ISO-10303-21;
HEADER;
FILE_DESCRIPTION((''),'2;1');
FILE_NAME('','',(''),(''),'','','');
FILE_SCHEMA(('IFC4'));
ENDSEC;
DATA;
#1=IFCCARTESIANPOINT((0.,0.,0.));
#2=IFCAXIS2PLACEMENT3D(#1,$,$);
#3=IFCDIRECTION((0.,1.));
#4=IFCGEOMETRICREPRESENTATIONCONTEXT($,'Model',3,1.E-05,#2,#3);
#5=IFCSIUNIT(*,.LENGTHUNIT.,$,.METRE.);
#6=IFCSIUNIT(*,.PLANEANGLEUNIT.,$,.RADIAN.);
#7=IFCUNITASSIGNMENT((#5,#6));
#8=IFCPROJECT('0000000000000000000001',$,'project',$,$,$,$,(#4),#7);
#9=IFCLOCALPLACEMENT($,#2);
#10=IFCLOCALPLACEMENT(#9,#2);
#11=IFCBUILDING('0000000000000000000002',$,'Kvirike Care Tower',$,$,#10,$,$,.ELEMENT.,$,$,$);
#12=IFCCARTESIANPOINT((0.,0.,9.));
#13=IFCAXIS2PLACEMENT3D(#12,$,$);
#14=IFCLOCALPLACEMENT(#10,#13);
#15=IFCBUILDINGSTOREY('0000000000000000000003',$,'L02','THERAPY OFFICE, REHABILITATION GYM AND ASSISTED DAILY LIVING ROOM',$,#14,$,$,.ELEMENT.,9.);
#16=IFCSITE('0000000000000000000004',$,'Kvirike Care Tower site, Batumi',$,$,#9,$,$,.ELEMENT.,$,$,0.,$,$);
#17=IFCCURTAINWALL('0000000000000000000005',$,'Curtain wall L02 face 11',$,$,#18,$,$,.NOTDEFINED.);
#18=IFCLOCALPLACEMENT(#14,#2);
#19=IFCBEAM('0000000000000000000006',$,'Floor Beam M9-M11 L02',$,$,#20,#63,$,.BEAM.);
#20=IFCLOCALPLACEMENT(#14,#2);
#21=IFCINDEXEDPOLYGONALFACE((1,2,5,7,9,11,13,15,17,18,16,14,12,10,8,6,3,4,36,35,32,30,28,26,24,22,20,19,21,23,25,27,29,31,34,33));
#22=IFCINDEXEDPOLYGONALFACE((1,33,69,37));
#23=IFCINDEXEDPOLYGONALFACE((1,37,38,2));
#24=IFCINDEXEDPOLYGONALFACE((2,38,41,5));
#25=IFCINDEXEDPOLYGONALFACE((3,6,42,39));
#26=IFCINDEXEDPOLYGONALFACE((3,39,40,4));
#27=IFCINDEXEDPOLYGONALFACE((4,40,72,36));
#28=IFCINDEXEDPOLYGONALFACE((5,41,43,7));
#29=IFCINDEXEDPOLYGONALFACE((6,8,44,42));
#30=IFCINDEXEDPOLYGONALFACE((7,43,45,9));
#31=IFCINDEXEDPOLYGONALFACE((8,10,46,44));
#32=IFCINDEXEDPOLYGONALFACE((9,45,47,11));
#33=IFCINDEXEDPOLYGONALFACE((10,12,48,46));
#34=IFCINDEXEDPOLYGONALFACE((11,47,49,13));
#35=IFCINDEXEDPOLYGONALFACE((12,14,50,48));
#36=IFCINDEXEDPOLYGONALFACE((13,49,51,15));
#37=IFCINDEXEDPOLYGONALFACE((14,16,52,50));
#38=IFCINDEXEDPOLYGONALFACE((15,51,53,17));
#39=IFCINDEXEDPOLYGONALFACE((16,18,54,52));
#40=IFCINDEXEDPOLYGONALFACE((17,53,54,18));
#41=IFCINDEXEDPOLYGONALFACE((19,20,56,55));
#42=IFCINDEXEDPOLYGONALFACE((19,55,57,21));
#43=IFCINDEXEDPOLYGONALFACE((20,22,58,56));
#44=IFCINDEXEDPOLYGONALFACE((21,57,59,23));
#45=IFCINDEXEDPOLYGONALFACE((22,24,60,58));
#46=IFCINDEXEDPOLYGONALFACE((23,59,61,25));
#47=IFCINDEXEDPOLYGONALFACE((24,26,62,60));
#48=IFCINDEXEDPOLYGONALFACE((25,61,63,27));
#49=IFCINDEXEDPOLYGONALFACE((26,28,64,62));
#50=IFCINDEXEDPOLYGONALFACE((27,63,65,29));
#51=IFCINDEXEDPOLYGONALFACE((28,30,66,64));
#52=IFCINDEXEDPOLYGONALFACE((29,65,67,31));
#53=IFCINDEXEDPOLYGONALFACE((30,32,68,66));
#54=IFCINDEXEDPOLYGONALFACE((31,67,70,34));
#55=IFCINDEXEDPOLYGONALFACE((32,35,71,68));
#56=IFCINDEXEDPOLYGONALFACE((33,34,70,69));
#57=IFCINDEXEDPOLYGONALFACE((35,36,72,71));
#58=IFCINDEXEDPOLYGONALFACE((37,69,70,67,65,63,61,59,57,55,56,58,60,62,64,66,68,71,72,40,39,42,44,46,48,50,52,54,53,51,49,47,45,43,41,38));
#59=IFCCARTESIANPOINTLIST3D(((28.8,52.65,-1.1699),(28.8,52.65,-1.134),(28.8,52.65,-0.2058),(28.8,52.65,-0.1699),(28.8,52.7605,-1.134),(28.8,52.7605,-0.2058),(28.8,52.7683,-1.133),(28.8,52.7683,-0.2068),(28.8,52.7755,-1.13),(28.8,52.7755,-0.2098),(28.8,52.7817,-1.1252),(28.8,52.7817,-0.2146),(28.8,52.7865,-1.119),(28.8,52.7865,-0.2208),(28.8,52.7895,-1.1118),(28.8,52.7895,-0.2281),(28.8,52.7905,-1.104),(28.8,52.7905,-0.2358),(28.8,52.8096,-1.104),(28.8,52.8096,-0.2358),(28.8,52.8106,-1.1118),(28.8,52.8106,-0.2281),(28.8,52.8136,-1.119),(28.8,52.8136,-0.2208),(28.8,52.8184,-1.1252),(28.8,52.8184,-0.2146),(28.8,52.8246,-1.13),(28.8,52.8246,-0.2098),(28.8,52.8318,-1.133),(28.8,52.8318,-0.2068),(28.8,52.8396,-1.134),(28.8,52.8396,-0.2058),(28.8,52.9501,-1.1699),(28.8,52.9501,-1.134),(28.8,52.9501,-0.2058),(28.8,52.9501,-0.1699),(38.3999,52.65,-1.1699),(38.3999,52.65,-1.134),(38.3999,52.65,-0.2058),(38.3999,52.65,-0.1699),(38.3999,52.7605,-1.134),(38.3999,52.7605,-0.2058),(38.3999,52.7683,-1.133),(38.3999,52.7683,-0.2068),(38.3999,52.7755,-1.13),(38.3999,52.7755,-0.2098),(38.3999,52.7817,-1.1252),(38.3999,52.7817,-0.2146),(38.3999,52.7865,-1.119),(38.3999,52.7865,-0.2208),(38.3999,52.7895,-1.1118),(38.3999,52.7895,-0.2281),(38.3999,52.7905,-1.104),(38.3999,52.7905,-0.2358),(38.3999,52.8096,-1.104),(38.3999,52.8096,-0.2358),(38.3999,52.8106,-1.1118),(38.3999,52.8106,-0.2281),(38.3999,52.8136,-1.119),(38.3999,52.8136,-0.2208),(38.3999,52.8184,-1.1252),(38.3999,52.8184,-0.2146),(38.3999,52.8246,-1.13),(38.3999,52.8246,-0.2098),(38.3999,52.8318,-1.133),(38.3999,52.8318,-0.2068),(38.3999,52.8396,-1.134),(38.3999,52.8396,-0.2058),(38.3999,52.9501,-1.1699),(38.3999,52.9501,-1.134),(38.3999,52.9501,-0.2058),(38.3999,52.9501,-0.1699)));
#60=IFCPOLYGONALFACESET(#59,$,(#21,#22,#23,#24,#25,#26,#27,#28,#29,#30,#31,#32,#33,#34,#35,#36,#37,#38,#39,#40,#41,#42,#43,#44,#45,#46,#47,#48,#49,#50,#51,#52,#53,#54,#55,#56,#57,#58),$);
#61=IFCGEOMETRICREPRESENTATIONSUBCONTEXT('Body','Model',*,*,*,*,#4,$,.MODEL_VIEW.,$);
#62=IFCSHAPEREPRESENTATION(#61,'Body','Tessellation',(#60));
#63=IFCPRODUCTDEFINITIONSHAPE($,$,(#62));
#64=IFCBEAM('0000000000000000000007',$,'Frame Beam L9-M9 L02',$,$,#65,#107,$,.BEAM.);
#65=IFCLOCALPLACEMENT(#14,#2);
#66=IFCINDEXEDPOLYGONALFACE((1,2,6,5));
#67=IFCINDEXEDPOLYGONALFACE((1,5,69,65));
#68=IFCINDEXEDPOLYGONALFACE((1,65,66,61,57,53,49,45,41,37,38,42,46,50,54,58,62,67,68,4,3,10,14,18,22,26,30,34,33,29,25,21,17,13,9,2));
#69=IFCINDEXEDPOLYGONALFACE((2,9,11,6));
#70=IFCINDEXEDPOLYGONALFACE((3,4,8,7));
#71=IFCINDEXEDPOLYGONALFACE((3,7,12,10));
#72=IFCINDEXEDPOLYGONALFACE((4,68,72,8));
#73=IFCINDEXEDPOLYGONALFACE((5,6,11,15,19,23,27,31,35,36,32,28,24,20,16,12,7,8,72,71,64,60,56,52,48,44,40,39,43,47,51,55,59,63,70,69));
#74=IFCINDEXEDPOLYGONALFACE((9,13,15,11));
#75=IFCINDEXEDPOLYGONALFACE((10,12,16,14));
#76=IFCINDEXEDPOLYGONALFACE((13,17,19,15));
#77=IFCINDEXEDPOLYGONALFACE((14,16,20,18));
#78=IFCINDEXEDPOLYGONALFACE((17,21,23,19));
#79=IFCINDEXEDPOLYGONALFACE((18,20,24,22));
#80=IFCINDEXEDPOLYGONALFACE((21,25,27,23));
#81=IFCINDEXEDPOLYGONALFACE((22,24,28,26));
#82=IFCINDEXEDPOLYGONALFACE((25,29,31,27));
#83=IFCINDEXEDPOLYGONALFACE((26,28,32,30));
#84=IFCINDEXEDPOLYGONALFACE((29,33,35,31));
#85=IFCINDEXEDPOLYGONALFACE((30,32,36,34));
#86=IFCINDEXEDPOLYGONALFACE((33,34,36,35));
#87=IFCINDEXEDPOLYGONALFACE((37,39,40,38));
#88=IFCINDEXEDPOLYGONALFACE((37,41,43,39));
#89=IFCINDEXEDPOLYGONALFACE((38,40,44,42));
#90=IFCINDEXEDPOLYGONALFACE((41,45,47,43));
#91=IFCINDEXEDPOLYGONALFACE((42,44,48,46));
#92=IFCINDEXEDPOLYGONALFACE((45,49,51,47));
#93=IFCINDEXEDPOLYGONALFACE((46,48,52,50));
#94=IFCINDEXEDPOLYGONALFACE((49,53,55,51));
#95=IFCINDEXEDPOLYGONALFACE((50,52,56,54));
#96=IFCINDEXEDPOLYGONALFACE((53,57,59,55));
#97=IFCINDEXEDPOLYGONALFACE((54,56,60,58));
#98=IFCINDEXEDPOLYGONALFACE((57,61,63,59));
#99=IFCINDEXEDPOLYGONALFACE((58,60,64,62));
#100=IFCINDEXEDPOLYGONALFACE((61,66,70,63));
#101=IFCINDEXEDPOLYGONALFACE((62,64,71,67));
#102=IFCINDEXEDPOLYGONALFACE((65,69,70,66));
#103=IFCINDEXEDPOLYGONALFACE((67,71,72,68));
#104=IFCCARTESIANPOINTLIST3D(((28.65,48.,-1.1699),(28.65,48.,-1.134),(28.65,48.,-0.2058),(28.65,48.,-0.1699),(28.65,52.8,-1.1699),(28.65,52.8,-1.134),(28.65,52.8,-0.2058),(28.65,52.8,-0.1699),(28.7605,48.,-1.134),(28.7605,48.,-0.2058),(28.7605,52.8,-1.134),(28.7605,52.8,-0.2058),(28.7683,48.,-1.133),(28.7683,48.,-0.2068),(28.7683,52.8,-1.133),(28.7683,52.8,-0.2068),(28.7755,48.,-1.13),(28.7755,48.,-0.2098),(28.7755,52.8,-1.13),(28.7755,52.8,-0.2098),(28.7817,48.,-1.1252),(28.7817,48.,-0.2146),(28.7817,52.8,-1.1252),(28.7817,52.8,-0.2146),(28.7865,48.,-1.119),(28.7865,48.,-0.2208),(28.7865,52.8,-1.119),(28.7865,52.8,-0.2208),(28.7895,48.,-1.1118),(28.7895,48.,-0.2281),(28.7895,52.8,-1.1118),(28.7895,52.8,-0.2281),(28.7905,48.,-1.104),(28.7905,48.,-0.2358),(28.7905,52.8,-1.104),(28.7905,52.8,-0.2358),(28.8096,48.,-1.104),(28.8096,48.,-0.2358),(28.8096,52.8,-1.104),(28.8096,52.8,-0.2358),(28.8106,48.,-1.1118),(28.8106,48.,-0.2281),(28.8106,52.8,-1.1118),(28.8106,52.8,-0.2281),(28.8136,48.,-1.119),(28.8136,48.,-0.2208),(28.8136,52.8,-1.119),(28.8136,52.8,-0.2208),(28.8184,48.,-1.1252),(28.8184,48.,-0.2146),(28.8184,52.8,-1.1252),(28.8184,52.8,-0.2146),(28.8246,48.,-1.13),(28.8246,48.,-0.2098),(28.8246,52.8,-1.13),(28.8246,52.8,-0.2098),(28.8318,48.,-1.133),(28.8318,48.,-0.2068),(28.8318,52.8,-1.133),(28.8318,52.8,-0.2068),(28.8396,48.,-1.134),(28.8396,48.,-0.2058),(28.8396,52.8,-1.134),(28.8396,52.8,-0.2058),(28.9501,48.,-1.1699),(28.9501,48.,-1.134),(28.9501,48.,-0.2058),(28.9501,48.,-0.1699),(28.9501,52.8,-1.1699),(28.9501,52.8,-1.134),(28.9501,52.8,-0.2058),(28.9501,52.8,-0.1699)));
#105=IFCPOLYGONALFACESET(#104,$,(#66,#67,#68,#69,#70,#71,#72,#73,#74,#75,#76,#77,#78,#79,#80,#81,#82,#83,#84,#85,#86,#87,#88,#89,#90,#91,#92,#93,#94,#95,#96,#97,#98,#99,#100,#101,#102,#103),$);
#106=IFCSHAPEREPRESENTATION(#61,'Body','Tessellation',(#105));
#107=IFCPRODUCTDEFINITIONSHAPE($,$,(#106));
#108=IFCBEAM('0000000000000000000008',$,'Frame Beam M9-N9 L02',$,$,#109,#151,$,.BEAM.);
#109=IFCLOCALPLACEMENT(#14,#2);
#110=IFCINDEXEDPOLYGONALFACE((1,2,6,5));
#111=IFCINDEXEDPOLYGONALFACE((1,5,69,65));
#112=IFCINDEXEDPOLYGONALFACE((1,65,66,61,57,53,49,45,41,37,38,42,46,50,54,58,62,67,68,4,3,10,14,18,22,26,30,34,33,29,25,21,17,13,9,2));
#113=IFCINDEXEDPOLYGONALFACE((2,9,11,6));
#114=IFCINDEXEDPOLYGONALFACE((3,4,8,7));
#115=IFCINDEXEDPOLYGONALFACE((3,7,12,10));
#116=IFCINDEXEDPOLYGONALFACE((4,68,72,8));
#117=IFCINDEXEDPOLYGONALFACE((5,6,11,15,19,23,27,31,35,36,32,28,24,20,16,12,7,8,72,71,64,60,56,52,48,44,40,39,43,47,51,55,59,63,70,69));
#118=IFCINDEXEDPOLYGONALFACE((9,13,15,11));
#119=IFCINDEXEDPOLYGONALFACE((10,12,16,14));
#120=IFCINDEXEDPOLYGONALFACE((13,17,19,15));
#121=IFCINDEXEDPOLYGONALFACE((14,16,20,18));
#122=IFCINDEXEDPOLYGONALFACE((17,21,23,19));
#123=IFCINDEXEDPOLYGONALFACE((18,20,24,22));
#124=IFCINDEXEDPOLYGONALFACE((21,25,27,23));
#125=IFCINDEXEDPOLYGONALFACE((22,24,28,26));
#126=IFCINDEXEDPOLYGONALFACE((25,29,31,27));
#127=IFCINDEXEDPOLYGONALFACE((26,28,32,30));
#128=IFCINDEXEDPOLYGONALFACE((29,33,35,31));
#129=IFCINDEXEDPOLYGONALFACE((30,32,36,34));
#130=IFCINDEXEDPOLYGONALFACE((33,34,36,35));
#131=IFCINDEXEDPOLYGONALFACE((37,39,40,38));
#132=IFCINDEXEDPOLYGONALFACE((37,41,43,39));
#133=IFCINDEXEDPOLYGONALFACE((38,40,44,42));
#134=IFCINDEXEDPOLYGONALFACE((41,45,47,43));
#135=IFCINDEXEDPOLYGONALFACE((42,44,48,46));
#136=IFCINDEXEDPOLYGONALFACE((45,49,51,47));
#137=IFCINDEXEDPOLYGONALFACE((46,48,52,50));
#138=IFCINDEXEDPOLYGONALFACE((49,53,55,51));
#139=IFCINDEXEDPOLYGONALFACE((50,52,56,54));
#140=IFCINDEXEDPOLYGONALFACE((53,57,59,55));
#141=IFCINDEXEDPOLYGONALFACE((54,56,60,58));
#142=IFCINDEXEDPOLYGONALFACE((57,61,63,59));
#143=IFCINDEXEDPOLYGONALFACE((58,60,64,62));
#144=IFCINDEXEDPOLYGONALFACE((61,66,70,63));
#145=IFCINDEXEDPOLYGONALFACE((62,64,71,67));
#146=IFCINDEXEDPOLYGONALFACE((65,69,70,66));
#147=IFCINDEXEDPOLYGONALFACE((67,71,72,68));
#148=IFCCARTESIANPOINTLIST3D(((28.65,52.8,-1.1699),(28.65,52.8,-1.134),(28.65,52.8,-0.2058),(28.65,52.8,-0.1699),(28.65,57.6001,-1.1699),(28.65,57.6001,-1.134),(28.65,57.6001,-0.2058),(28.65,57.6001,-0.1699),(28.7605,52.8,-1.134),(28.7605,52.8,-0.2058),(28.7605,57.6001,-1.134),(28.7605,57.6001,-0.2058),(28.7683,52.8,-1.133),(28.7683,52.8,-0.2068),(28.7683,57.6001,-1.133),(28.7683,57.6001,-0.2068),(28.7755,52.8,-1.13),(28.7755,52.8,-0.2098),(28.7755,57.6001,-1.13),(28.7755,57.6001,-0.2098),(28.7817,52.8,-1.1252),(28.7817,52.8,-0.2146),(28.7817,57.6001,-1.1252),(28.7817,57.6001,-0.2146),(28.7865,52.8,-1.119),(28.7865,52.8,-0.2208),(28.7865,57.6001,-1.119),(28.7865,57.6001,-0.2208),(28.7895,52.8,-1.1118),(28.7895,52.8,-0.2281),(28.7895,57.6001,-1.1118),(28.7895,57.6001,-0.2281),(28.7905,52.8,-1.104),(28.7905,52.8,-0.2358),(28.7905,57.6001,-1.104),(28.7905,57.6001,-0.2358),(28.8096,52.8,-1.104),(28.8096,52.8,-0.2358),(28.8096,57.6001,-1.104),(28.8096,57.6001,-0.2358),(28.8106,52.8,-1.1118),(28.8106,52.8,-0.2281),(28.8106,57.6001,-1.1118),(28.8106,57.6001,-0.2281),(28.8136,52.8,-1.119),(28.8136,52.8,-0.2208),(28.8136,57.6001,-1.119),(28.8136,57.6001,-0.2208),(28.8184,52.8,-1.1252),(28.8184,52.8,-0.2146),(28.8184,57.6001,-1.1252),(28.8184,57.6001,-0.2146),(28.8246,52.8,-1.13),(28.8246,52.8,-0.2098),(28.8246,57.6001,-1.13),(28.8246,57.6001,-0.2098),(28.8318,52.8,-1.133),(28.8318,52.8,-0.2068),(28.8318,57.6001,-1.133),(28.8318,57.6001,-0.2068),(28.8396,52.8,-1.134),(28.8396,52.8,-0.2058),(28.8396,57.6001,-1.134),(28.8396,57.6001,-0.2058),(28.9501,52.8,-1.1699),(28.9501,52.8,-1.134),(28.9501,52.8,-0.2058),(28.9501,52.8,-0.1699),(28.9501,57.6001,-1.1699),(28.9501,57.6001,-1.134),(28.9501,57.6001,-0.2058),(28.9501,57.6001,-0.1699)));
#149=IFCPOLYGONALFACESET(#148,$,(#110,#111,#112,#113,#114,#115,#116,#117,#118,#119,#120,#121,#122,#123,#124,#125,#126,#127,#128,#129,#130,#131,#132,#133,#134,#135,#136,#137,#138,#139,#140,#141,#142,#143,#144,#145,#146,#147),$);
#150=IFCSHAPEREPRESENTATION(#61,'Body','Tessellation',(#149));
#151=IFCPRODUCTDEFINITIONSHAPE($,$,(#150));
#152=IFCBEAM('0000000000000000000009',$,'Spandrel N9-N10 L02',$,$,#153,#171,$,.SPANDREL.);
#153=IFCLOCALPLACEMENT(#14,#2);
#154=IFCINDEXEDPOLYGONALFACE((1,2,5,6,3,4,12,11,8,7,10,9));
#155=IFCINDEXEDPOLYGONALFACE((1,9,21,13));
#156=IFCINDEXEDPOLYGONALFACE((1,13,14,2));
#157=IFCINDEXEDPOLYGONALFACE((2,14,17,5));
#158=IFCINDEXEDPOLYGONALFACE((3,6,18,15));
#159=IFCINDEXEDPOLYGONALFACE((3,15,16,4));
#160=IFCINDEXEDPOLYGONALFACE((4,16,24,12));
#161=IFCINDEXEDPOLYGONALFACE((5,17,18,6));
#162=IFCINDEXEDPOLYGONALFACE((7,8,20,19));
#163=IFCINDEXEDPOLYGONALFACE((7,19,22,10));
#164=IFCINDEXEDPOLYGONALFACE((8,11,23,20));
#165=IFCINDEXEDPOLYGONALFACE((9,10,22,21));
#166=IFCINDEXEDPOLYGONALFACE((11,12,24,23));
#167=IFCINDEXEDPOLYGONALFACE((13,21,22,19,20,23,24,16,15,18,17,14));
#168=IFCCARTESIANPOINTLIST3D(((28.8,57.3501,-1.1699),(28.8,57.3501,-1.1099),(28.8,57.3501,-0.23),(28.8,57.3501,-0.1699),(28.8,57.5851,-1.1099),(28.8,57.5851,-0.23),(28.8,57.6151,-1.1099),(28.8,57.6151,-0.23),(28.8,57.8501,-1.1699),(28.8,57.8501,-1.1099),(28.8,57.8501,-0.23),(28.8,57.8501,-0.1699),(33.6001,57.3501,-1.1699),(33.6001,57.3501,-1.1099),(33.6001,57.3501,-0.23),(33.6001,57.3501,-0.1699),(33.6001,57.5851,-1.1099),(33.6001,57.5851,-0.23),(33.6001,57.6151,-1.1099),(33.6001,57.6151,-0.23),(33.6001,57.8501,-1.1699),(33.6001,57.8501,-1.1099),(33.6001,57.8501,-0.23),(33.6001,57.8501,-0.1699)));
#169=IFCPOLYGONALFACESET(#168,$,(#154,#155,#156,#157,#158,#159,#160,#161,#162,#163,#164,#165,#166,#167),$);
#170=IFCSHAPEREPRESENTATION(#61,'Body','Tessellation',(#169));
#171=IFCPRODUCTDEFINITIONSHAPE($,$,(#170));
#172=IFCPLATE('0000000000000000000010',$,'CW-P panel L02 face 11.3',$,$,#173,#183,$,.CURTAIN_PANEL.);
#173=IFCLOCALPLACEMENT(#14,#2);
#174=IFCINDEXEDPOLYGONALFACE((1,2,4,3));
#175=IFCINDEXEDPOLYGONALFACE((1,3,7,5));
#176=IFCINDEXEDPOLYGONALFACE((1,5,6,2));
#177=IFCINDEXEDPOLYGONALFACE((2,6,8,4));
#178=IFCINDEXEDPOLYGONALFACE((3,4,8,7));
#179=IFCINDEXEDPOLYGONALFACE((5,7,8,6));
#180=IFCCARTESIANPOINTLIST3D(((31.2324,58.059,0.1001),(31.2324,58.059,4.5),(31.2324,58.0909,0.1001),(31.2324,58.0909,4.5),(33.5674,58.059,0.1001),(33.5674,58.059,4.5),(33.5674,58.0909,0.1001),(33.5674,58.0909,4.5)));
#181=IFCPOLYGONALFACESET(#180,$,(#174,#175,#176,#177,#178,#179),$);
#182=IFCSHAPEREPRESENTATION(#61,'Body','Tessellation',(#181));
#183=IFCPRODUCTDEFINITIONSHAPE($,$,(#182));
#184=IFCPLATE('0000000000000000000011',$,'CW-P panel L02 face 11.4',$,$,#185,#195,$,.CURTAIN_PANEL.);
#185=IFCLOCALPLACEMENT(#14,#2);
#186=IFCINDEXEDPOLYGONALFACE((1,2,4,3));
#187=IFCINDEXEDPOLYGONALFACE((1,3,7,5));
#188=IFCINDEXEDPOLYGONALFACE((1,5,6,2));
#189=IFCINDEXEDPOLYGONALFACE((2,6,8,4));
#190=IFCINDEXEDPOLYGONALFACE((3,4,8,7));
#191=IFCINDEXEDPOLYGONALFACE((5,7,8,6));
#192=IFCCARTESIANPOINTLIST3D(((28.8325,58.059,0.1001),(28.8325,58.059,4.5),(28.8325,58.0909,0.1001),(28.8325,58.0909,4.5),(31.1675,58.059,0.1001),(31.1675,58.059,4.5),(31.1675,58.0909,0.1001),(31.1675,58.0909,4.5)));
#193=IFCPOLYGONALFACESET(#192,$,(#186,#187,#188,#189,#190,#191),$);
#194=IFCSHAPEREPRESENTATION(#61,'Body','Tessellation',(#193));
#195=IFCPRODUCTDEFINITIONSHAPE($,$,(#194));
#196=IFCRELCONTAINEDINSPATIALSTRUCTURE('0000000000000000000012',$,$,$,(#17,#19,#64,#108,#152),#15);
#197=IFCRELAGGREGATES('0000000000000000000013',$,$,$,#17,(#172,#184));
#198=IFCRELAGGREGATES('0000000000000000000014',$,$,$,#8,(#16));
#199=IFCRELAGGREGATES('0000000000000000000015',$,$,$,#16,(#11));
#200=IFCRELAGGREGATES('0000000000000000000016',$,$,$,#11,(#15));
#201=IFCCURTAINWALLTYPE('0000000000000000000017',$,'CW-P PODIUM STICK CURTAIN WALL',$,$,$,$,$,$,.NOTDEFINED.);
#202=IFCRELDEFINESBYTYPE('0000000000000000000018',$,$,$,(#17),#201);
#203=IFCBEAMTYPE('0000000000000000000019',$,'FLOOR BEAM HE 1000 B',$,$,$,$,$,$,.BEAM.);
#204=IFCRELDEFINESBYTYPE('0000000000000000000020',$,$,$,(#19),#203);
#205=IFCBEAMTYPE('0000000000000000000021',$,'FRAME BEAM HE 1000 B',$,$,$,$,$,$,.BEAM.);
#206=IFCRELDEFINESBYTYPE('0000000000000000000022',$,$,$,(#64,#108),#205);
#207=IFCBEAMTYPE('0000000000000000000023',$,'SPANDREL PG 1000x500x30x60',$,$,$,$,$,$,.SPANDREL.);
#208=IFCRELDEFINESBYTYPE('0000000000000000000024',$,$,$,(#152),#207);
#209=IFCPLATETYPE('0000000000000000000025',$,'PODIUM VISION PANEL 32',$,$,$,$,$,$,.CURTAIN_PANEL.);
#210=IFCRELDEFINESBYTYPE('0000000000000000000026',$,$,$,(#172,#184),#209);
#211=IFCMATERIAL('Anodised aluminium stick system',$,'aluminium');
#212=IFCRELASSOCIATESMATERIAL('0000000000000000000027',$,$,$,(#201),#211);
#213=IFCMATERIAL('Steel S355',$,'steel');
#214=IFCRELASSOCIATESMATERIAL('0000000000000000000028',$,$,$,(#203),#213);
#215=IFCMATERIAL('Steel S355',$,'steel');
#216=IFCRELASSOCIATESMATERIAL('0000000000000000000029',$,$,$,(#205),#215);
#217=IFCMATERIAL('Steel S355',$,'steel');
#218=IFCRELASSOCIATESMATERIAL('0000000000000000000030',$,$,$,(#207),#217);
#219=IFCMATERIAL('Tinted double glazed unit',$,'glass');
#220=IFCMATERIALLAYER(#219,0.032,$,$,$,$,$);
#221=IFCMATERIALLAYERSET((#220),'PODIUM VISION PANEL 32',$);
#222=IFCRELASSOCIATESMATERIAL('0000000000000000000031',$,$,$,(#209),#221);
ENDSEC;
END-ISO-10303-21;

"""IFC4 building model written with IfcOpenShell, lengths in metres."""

from ifc_helpers import new_model, si_unit, direction, frame, origin, origin_2d, place, context, subcontext, project, spatial, rectangle, i_section, extrude, material, layer, layer_set, material_profile, profile_set, type_object, element, aggregate, save


model = new_model("IFC4")

# Units and contexts
model_context = context("Model", 3, precision=1e-05, world=origin(), true_north=direction((0.0, 1.0)))
body_context = subcontext(model_context, "Body", "Model", "MODEL_VIEW")
ifc_project = project(units=[si_unit("LENGTHUNIT", "METRE"), si_unit("PLANEANGLEUNIT", "RADIAN")], contexts=[model_context])

# Site, building, storey
site_placement = place(None, origin())
site = spatial("IfcSite", under=ifc_project, at=site_placement, Name="Kvirike Care Tower site, Batumi", CompositionType="ELEMENT", RefElevation=0.0)
building_placement = place(site_placement, origin())
building = spatial("IfcBuilding", under=site, at=building_placement, Name="Kvirike Care Tower", CompositionType="ELEMENT")
storey_placement = place(building_placement, frame((0.0, 0.0, 9.0)))
storey = spatial("IfcBuildingStorey", under=building, at=storey_placement, Name="L02", Description="THERAPY OFFICE, REHABILITATION GYM AND ASSISTED DAILY LIVING ROOM", CompositionType="ELEMENT", Elevation=9.0)

# Curtain wall
ifc_material_1 = material(Name="Anodised aluminium stick system", Category="aluminium")
curtain_wall_type = type_object("IfcCurtainWallType", Name="CW-P PODIUM STICK CURTAIN WALL", PredefinedType="NOTDEFINED", material=ifc_material_1)
curtain_wall_placement = place(storey_placement, origin())
curtain_wall = element("IfcCurtainWall", 1, at=curtain_wall_placement, inside=storey, type_object=curtain_wall_type, Name="Curtain wall L02 face 11", PredefinedType="NOTDEFINED")

# Beams
ifc_material_2 = material(Name="Steel S355", Category="steel")
ifc_material_profile_1 = material_profile(ifc_material_2, i_section(OverallWidth=0.3, OverallDepth=1.0, WebThickness=0.019, FlangeThickness=0.0359, FilletRadius=0.03, at=origin_2d()), Name="HE 1000 B")
ifc_profile_set_1 = profile_set([ifc_material_profile_1], Name="Steel S355")
beam_type_1 = type_object("IfcBeamType", Name="FLOOR BEAM HE 1000 B", PredefinedType="BEAM", material=ifc_profile_set_1)
beam_1_placement = place(storey_placement, frame((28.8, 52.8, -0.6699), z_axis=(1.0, 0.0, 0.0), x_axis=(0.0, 1.0, 0.0)))
element("IfcBeam", 2, at=beam_1_placement, inside=storey, type_object=beam_type_1, Name="Floor Beam M9-M11 L02", PredefinedType="BEAM", context=body_context, shape_type="SweptSolid", body=[
    extrude(i_section(OverallWidth=0.3, OverallDepth=1.0, WebThickness=0.019, FlangeThickness=0.0359, FilletRadius=0.03, at=origin_2d()), origin(), (0.0, 0.0, 1.0), 9.5999),
])
ifc_material_3 = material(Name="Steel S355", Category="steel")
ifc_material_profile_2 = material_profile(ifc_material_3, i_section(OverallWidth=0.3, OverallDepth=1.0, WebThickness=0.019, FlangeThickness=0.0359, FilletRadius=0.03, at=origin_2d()), Name="HE 1000 B")
ifc_profile_set_2 = profile_set([ifc_material_profile_2], Name="Steel S355")
beam_type_2 = type_object("IfcBeamType", Name="FRAME BEAM HE 1000 B", PredefinedType="BEAM", material=ifc_profile_set_2)
for number, where, z_axis, x_axis, name in (
    (3, (28.8, 48.0, -0.6699), (0.0, 1.0, 0.0), (-1.0, 0.0, 0.0), "Frame Beam L9-M9 L02"),
    (4, (28.8, 52.8, -0.6699), (0.0, 1.0, 0.0), (-1.0, 0.0, 0.0), "Frame Beam M9-N9 L02"),
):
    element("IfcBeam", number, at=place(storey_placement, frame(where, z_axis=z_axis, x_axis=x_axis)), inside=storey, type_object=beam_type_2, Name=name, PredefinedType="BEAM", context=body_context, shape_type="SweptSolid", body=[
        extrude(i_section(OverallWidth=0.3, OverallDepth=1.0, WebThickness=0.019, FlangeThickness=0.0359, FilletRadius=0.03, at=origin_2d()), origin(), (0.0, 0.0, 1.0), 4.8),
    ])
ifc_material_4 = material(Name="Steel S355", Category="steel")
ifc_material_profile_3 = material_profile(ifc_material_4, i_section(OverallWidth=0.5, OverallDepth=1.0, WebThickness=0.03, FlangeThickness=0.0601, at=origin_2d()), Name="PG 1000x500x30x60")
ifc_profile_set_3 = profile_set([ifc_material_profile_3], Name="Steel S355")
beam_type_3 = type_object("IfcBeamType", Name="SPANDREL PG 1000x500x30x60", PredefinedType="SPANDREL", material=ifc_profile_set_3)
beam_2_placement = place(storey_placement, frame((28.8, 57.6001, -0.6699), z_axis=(1.0, 0.0, 0.0), x_axis=(0.0, 1.0, 0.0)))
element("IfcBeam", 5, at=beam_2_placement, inside=storey, type_object=beam_type_3, Name="Spandrel N9-N10 L02", PredefinedType="SPANDREL", context=body_context, shape_type="SweptSolid", body=[
    extrude(i_section(OverallWidth=0.5, OverallDepth=1.0, WebThickness=0.03, FlangeThickness=0.0601, at=origin_2d()), origin(), (0.0, 0.0, 1.0), 4.8),
])

# Plates
ifc_material_5 = material(Name="Tinted double glazed unit", Category="glass")
ifc_layer_1 = layer(ifc_material_5, 0.032)
ifc_layer_set_1 = layer_set([ifc_layer_1], Name="PODIUM VISION PANEL 32")
plate_type = type_object("IfcPlateType", Name="PODIUM VISION PANEL 32", PredefinedType="CURTAIN_PANEL", material=ifc_layer_set_1)
plate_1_placement = place(storey_placement, frame((32.3999, 58.075, 0.1001), z_axis=(0.0, 0.0, 1.0), x_axis=(-1.0, 0.0, 0.0)))
plate_1 = element("IfcPlate", 6, at=plate_1_placement, type_object=plate_type, Name="CW-P panel L02 face 11.3", PredefinedType="CURTAIN_PANEL", context=body_context, shape_type="SweptSolid", body=[
    extrude(rectangle(XDim=2.335, YDim=0.032, at=origin_2d()), origin(), (0.0, 0.0, 1.0), 4.3999),
])
plate_2_placement = place(storey_placement, frame((30.0, 58.075, 0.1001), z_axis=(0.0, 0.0, 1.0), x_axis=(-1.0, 0.0, 0.0)))
plate_2 = element("IfcPlate", 7, at=plate_2_placement, type_object=plate_type, Name="CW-P panel L02 face 11.4", PredefinedType="CURTAIN_PANEL", context=body_context, shape_type="SweptSolid", body=[
    extrude(rectangle(XDim=2.335, YDim=0.032, at=origin_2d()), origin(), (0.0, 0.0, 1.0), 4.3999),
])
aggregate(curtain_wall, [plate_1, plate_2])

save(model, "model.ifc")
